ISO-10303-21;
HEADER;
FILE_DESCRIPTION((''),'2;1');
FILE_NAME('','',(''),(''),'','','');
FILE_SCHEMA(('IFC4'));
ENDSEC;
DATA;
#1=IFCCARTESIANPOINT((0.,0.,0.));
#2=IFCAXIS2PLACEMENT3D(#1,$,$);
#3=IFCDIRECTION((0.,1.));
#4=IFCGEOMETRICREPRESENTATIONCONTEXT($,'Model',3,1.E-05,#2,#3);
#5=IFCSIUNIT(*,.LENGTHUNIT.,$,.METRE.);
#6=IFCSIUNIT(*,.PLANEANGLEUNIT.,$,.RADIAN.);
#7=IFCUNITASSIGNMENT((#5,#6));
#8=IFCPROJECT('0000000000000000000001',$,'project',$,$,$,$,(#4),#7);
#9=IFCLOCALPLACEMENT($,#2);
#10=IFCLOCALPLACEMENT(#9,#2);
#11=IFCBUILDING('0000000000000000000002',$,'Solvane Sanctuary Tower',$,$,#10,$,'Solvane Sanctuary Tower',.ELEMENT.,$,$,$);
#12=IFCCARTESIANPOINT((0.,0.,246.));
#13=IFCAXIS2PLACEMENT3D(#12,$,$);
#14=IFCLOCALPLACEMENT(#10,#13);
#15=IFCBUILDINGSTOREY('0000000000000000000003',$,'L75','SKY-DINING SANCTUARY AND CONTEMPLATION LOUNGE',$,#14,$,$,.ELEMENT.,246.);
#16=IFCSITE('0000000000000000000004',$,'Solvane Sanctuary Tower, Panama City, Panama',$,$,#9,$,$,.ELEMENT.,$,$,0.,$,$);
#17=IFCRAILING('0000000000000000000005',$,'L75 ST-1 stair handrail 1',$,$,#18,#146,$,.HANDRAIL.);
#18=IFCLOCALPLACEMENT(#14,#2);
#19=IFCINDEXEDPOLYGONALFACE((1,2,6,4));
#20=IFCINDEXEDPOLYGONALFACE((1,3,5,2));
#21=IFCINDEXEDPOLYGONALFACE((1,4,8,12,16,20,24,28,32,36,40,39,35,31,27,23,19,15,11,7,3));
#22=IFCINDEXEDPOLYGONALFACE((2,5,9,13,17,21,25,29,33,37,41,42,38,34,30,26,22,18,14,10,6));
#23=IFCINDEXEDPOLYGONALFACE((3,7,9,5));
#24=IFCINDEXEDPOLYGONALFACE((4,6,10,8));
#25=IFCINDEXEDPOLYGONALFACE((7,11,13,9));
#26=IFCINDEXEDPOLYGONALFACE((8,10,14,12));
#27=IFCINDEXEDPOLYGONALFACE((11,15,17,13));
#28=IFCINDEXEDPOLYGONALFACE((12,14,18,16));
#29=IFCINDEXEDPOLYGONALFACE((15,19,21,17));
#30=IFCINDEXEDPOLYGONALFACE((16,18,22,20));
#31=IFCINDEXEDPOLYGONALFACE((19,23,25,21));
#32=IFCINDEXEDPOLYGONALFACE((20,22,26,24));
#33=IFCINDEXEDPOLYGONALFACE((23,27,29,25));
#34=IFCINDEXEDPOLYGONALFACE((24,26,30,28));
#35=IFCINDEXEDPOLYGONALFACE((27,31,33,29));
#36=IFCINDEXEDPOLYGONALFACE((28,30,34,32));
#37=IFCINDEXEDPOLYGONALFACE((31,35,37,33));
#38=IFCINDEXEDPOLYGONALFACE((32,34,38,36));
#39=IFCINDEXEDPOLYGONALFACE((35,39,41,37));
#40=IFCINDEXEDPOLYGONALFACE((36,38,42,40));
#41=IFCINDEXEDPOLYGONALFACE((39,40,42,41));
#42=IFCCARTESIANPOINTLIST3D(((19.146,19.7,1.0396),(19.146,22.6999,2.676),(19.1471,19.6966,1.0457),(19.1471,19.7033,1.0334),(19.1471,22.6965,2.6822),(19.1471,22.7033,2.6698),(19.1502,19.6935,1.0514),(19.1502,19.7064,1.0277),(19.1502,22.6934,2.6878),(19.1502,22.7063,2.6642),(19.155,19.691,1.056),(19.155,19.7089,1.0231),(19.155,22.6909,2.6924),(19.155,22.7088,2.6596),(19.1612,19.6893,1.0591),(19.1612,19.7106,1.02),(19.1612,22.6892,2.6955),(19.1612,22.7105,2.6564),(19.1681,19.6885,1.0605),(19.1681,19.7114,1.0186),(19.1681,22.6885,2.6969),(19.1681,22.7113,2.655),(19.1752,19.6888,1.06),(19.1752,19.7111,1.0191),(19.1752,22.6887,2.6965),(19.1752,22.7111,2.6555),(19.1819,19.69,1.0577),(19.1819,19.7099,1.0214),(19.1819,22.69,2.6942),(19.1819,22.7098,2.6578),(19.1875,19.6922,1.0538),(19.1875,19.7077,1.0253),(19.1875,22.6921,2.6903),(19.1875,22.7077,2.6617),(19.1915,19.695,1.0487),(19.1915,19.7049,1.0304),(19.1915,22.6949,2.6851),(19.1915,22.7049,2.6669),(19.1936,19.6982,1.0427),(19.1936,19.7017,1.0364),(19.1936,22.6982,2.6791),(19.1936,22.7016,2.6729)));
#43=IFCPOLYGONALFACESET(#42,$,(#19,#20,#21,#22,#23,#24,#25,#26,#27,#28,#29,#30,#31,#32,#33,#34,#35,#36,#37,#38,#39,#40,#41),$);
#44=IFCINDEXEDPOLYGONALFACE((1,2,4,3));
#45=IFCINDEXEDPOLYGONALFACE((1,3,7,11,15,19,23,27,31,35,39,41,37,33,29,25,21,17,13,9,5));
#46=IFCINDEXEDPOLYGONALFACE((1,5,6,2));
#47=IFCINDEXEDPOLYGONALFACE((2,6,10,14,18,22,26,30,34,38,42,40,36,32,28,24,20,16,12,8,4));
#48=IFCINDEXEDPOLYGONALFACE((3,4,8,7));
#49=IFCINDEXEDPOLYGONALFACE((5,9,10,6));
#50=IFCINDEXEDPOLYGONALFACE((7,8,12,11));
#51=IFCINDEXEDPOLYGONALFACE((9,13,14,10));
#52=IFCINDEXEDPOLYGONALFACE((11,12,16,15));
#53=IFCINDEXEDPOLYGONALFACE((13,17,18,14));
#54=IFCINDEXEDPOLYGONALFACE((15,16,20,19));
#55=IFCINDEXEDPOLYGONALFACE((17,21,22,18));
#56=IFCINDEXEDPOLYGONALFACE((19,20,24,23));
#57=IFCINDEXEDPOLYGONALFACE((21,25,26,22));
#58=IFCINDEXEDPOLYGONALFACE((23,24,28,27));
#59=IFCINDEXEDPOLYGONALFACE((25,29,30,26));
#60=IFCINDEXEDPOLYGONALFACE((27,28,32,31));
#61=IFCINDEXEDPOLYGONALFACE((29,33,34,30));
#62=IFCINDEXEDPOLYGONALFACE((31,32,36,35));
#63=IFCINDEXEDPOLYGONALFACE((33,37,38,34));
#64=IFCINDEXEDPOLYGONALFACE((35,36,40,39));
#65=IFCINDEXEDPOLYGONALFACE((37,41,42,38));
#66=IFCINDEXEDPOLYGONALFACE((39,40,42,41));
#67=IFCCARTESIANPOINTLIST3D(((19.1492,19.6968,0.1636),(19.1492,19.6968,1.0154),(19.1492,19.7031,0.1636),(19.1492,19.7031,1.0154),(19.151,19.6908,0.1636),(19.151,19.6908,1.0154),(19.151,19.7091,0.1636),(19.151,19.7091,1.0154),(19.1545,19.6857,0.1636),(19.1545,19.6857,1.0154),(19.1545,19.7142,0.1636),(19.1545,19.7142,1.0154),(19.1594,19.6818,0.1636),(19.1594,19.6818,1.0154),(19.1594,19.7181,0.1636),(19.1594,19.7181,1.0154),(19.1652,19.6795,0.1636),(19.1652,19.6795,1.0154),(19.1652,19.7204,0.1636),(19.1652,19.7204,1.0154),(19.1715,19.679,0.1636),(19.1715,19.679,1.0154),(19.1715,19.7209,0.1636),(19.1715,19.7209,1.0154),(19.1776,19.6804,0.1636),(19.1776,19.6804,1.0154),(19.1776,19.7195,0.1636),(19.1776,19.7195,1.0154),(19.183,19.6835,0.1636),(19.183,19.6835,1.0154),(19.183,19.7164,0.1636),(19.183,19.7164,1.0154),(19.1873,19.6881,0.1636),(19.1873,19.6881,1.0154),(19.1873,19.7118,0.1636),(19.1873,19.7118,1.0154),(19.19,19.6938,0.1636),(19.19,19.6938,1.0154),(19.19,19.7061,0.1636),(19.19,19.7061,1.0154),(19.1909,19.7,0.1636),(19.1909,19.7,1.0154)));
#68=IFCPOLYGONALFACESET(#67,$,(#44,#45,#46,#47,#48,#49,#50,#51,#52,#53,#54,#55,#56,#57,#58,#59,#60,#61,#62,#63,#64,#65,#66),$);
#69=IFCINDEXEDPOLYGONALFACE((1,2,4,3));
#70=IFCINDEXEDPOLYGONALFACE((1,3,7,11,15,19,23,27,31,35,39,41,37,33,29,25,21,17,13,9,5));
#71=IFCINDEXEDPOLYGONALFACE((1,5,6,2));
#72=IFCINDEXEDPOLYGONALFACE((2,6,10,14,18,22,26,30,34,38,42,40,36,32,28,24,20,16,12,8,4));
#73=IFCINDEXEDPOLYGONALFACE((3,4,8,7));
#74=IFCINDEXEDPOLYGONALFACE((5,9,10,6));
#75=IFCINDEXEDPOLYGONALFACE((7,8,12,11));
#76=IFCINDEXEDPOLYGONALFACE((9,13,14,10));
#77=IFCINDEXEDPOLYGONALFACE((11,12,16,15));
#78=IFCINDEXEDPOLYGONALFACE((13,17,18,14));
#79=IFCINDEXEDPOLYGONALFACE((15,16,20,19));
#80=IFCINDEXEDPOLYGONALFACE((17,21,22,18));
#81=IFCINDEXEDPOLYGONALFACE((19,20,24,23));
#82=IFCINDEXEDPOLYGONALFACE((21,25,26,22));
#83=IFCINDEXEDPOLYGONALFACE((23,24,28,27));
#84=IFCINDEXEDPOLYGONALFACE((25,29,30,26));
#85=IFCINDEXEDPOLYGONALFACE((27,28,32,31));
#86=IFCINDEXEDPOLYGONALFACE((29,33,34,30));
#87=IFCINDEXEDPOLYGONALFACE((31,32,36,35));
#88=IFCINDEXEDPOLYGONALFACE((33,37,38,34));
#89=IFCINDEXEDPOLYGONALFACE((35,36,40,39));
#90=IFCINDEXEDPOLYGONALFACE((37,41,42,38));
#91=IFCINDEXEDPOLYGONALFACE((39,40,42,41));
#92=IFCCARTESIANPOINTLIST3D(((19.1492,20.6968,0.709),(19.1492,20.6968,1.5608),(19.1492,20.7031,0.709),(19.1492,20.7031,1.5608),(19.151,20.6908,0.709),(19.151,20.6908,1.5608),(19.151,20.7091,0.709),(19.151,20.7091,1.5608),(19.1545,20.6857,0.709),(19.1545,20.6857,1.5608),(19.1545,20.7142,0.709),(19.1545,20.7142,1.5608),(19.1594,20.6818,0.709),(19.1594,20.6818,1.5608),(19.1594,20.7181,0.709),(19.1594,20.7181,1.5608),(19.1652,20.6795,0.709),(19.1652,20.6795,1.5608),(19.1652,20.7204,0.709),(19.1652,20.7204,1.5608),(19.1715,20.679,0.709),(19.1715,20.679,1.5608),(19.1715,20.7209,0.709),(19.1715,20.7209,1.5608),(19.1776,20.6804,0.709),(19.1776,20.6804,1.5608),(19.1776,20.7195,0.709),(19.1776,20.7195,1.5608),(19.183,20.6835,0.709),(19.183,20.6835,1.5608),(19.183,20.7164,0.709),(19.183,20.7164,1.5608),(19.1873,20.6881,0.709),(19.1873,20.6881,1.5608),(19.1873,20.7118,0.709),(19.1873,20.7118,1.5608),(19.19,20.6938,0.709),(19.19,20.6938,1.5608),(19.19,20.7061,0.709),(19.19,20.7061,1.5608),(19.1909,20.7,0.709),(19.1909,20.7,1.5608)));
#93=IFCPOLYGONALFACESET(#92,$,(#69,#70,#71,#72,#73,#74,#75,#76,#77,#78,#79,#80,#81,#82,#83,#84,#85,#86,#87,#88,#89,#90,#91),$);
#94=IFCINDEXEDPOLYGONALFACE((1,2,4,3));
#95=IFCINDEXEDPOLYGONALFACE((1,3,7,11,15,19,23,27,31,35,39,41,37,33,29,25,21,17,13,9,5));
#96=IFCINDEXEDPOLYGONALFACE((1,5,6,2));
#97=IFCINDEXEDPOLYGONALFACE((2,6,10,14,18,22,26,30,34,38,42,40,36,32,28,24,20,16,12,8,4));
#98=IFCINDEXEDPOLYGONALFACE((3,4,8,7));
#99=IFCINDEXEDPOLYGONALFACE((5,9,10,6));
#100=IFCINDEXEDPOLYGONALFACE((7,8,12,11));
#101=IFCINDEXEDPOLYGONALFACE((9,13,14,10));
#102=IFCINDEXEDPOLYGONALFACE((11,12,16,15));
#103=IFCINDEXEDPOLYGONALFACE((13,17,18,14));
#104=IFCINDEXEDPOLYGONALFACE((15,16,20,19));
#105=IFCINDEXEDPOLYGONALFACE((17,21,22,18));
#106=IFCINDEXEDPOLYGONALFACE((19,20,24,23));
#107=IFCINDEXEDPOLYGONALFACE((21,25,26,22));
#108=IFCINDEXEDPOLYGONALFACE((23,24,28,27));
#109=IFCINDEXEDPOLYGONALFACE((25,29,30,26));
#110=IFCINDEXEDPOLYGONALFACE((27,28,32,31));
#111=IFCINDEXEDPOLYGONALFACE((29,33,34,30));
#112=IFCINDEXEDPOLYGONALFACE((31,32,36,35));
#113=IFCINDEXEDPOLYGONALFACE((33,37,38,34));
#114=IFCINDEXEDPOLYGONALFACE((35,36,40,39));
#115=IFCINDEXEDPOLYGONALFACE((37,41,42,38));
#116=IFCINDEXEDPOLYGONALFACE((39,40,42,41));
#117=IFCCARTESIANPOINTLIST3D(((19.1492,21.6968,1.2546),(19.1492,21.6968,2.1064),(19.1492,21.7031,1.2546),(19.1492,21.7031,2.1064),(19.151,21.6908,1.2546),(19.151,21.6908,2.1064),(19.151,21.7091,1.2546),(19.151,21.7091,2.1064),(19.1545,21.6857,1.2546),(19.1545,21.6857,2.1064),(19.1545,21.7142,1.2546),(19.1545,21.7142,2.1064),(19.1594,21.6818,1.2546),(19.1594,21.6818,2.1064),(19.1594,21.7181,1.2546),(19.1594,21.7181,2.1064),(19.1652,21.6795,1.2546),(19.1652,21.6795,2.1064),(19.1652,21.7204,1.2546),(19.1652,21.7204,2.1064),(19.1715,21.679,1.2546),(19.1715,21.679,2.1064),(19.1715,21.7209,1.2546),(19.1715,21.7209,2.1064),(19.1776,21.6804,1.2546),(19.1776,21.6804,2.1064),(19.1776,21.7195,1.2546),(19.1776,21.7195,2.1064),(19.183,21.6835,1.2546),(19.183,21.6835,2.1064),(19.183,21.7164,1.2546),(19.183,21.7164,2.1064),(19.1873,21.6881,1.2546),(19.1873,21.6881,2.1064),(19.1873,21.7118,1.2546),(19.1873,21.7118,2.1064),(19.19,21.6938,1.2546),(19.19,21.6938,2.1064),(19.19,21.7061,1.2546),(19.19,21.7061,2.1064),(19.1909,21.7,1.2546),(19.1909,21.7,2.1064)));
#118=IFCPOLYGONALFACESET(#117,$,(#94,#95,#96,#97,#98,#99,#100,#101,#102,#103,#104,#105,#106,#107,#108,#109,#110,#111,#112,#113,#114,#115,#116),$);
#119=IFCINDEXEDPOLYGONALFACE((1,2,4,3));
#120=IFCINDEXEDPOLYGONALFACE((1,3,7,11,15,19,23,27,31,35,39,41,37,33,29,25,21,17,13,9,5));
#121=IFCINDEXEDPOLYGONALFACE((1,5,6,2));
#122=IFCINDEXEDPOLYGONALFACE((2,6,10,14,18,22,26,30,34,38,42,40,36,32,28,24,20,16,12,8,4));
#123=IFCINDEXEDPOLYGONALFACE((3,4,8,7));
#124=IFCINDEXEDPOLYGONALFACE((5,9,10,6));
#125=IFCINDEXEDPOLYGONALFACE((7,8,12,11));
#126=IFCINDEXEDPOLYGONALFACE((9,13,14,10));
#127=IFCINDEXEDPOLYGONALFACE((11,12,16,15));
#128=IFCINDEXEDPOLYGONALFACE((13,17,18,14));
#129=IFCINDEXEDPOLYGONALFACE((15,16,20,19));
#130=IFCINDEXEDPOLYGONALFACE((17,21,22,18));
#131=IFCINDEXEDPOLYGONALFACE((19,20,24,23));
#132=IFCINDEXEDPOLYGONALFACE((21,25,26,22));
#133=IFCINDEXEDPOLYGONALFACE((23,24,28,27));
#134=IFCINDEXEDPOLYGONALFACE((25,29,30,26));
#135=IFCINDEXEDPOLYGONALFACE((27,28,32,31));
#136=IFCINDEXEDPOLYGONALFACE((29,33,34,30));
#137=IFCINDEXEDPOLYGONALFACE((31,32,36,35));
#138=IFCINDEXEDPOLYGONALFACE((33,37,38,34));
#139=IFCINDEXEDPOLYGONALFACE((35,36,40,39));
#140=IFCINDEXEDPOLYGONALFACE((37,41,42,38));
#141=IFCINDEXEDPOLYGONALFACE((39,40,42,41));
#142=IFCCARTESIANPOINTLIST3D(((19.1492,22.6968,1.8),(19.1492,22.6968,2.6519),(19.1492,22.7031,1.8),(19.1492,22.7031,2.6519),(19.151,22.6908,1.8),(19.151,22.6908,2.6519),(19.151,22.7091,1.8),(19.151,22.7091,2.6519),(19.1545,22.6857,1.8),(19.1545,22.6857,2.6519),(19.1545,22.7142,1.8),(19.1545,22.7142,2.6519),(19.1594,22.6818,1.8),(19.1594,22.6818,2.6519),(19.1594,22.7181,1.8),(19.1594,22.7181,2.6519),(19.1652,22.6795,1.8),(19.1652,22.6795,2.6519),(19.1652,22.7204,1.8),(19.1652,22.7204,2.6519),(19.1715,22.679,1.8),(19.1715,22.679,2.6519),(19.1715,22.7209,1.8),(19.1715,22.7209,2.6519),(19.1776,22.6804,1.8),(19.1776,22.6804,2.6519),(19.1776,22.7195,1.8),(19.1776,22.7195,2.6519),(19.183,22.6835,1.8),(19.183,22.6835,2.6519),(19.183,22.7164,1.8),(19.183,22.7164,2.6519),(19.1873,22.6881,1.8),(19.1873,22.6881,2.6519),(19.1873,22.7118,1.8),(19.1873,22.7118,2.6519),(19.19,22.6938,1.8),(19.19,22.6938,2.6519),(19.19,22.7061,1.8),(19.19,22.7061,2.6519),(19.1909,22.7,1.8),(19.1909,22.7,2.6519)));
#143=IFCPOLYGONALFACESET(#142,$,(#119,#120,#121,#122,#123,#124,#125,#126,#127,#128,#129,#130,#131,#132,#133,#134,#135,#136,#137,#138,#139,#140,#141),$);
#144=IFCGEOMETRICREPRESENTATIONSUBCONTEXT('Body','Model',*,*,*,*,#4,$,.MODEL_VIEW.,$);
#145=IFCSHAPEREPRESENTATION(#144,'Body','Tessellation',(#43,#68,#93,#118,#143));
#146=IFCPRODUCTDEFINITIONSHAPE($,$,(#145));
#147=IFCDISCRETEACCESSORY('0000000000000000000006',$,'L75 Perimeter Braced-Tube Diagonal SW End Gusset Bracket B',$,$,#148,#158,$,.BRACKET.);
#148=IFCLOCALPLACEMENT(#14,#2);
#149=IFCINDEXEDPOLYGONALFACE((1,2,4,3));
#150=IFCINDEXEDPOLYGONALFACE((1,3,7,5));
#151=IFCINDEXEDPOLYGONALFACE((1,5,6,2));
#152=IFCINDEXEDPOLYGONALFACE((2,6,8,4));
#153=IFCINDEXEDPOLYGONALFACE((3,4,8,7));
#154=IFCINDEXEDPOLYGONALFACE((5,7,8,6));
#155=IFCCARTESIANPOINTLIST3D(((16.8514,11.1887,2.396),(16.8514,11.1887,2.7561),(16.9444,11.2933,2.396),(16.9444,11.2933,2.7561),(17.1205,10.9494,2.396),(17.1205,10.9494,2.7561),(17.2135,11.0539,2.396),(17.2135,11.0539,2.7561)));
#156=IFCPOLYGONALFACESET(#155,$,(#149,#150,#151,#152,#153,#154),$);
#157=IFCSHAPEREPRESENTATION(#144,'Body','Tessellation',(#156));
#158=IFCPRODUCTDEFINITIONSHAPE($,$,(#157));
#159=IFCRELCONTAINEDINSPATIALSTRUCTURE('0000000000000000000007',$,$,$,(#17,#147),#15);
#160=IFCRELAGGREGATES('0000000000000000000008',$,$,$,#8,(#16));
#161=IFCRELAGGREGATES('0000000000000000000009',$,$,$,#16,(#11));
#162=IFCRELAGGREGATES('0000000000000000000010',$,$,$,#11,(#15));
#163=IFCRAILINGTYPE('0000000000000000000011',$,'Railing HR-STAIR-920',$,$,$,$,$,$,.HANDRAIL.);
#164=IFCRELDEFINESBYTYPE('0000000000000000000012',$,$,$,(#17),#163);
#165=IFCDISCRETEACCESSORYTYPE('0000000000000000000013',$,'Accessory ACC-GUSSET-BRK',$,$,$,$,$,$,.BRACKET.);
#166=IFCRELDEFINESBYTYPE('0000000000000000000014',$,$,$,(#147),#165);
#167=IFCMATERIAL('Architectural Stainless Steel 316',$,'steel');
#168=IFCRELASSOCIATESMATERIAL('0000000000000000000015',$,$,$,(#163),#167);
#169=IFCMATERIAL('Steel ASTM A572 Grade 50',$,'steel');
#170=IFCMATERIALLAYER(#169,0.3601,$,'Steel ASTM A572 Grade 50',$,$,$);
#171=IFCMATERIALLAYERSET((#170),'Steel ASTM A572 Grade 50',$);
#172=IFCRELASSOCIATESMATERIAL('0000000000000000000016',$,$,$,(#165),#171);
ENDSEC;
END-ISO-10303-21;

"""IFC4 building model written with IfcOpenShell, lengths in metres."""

from ifc_helpers import new_model, si_unit, direction, frame, origin, origin_2d, place, context, subcontext, project, spatial, rectangle, circle, extrude, material, layer, layer_set, type_object, element, save


model = new_model("IFC4")

# Units and contexts
model_context = context("Model", 3, precision=1e-05, world=origin(), true_north=direction((0.0, 1.0)))
body_context = subcontext(model_context, "Body", "Model", "MODEL_VIEW")
ifc_project = project(units=[si_unit("LENGTHUNIT", "METRE"), si_unit("PLANEANGLEUNIT", "RADIAN")], contexts=[model_context])

# Site, building, storey
site_placement = place(None, origin())
site = spatial("IfcSite", under=ifc_project, at=site_placement, Name="Solvane Sanctuary Tower, Panama City, Panama", CompositionType="ELEMENT", RefElevation=0.0)
building_placement = place(site_placement, origin())
building = spatial("IfcBuilding", under=site, at=building_placement, Name="Solvane Sanctuary Tower", LongName="Solvane Sanctuary Tower", CompositionType="ELEMENT")
storey_placement = place(building_placement, frame((0.0, 0.0, 246.0)))
storey = spatial("IfcBuildingStorey", under=building, at=storey_placement, Name="L75", Description="SKY-DINING SANCTUARY AND CONTEMPLATION LOUNGE", CompositionType="ELEMENT", Elevation=246.0)

# Shared definitions
ifc_material_1 = material(Name="Architectural Stainless Steel 316", Category="steel")

# Railing
railing_type_1 = type_object("IfcRailingType", Name="Railing HR-STAIR-920", PredefinedType="HANDRAIL", material=ifc_material_1)
railing_1_placement = place(storey_placement, frame((19.1699, 19.7, 0.1636)))
element("IfcRailing", 1, at=railing_1_placement, inside=storey, type_object=railing_type_1, Name="L75 ST-1 stair handrail 1", PredefinedType="HANDRAIL", context=body_context, shape_type="SweptSolid", body=[
    extrude(circle(Radius=0.0239, at=origin_2d()), frame((0.0, 0.0, 0.876), z_axis=(0.0, 0.877882, 0.478877), x_axis=(-1.0, 0.0, 0.0)), (0.0, 0.0, 1.0), 3.4172),
    extrude(circle(Radius=0.021, at=origin_2d()), origin(), (0.0, 0.0, 1.0), 0.8518),
    extrude(circle(Radius=0.021, at=origin_2d()), frame((0.0, 1.0, 0.5454)), (0.0, 0.0, 1.0), 0.8518),
    extrude(circle(Radius=0.021, at=origin_2d()), frame((0.0, 2.0, 1.0911)), (0.0, 0.0, 1.0), 0.8518),
    extrude(circle(Radius=0.021, at=origin_2d()), frame((0.0, 3.0, 1.6365)), (0.0, 0.0, 1.0), 0.8518),
])

# Discrete accessory
ifc_material_2 = material(Name="Steel ASTM A572 Grade 50", Category="steel")
ifc_layer_1 = layer(ifc_material_2, 0.3601, Name="Steel ASTM A572 Grade 50")
ifc_layer_set_1 = layer_set([ifc_layer_1], Name="Steel ASTM A572 Grade 50")
discrete_accessory_type = type_object("IfcDiscreteAccessoryType", Name="Accessory ACC-GUSSET-BRK", PredefinedType="BRACKET", material=ifc_layer_set_1)
discrete_accessory_placement = place(storey_placement, frame((17.0325, 11.1213, 2.396), z_axis=(0.0, 0.0, 1.0), x_axis=(-0.747218, 0.664579, 0.0)))
element("IfcDiscreteAccessory", 2, at=discrete_accessory_placement, inside=storey, type_object=discrete_accessory_type, Name="L75 Perimeter Braced-Tube Diagonal SW End Gusset Bracket B", PredefinedType="BRACKET", context=body_context, shape_type="SweptSolid", body=[
    extrude(rectangle(XDim=0.3601, YDim=0.1399, at=origin_2d()), origin(), (0.0, 0.0, 1.0), 0.3601),
])

save(model, "model.ifc")
